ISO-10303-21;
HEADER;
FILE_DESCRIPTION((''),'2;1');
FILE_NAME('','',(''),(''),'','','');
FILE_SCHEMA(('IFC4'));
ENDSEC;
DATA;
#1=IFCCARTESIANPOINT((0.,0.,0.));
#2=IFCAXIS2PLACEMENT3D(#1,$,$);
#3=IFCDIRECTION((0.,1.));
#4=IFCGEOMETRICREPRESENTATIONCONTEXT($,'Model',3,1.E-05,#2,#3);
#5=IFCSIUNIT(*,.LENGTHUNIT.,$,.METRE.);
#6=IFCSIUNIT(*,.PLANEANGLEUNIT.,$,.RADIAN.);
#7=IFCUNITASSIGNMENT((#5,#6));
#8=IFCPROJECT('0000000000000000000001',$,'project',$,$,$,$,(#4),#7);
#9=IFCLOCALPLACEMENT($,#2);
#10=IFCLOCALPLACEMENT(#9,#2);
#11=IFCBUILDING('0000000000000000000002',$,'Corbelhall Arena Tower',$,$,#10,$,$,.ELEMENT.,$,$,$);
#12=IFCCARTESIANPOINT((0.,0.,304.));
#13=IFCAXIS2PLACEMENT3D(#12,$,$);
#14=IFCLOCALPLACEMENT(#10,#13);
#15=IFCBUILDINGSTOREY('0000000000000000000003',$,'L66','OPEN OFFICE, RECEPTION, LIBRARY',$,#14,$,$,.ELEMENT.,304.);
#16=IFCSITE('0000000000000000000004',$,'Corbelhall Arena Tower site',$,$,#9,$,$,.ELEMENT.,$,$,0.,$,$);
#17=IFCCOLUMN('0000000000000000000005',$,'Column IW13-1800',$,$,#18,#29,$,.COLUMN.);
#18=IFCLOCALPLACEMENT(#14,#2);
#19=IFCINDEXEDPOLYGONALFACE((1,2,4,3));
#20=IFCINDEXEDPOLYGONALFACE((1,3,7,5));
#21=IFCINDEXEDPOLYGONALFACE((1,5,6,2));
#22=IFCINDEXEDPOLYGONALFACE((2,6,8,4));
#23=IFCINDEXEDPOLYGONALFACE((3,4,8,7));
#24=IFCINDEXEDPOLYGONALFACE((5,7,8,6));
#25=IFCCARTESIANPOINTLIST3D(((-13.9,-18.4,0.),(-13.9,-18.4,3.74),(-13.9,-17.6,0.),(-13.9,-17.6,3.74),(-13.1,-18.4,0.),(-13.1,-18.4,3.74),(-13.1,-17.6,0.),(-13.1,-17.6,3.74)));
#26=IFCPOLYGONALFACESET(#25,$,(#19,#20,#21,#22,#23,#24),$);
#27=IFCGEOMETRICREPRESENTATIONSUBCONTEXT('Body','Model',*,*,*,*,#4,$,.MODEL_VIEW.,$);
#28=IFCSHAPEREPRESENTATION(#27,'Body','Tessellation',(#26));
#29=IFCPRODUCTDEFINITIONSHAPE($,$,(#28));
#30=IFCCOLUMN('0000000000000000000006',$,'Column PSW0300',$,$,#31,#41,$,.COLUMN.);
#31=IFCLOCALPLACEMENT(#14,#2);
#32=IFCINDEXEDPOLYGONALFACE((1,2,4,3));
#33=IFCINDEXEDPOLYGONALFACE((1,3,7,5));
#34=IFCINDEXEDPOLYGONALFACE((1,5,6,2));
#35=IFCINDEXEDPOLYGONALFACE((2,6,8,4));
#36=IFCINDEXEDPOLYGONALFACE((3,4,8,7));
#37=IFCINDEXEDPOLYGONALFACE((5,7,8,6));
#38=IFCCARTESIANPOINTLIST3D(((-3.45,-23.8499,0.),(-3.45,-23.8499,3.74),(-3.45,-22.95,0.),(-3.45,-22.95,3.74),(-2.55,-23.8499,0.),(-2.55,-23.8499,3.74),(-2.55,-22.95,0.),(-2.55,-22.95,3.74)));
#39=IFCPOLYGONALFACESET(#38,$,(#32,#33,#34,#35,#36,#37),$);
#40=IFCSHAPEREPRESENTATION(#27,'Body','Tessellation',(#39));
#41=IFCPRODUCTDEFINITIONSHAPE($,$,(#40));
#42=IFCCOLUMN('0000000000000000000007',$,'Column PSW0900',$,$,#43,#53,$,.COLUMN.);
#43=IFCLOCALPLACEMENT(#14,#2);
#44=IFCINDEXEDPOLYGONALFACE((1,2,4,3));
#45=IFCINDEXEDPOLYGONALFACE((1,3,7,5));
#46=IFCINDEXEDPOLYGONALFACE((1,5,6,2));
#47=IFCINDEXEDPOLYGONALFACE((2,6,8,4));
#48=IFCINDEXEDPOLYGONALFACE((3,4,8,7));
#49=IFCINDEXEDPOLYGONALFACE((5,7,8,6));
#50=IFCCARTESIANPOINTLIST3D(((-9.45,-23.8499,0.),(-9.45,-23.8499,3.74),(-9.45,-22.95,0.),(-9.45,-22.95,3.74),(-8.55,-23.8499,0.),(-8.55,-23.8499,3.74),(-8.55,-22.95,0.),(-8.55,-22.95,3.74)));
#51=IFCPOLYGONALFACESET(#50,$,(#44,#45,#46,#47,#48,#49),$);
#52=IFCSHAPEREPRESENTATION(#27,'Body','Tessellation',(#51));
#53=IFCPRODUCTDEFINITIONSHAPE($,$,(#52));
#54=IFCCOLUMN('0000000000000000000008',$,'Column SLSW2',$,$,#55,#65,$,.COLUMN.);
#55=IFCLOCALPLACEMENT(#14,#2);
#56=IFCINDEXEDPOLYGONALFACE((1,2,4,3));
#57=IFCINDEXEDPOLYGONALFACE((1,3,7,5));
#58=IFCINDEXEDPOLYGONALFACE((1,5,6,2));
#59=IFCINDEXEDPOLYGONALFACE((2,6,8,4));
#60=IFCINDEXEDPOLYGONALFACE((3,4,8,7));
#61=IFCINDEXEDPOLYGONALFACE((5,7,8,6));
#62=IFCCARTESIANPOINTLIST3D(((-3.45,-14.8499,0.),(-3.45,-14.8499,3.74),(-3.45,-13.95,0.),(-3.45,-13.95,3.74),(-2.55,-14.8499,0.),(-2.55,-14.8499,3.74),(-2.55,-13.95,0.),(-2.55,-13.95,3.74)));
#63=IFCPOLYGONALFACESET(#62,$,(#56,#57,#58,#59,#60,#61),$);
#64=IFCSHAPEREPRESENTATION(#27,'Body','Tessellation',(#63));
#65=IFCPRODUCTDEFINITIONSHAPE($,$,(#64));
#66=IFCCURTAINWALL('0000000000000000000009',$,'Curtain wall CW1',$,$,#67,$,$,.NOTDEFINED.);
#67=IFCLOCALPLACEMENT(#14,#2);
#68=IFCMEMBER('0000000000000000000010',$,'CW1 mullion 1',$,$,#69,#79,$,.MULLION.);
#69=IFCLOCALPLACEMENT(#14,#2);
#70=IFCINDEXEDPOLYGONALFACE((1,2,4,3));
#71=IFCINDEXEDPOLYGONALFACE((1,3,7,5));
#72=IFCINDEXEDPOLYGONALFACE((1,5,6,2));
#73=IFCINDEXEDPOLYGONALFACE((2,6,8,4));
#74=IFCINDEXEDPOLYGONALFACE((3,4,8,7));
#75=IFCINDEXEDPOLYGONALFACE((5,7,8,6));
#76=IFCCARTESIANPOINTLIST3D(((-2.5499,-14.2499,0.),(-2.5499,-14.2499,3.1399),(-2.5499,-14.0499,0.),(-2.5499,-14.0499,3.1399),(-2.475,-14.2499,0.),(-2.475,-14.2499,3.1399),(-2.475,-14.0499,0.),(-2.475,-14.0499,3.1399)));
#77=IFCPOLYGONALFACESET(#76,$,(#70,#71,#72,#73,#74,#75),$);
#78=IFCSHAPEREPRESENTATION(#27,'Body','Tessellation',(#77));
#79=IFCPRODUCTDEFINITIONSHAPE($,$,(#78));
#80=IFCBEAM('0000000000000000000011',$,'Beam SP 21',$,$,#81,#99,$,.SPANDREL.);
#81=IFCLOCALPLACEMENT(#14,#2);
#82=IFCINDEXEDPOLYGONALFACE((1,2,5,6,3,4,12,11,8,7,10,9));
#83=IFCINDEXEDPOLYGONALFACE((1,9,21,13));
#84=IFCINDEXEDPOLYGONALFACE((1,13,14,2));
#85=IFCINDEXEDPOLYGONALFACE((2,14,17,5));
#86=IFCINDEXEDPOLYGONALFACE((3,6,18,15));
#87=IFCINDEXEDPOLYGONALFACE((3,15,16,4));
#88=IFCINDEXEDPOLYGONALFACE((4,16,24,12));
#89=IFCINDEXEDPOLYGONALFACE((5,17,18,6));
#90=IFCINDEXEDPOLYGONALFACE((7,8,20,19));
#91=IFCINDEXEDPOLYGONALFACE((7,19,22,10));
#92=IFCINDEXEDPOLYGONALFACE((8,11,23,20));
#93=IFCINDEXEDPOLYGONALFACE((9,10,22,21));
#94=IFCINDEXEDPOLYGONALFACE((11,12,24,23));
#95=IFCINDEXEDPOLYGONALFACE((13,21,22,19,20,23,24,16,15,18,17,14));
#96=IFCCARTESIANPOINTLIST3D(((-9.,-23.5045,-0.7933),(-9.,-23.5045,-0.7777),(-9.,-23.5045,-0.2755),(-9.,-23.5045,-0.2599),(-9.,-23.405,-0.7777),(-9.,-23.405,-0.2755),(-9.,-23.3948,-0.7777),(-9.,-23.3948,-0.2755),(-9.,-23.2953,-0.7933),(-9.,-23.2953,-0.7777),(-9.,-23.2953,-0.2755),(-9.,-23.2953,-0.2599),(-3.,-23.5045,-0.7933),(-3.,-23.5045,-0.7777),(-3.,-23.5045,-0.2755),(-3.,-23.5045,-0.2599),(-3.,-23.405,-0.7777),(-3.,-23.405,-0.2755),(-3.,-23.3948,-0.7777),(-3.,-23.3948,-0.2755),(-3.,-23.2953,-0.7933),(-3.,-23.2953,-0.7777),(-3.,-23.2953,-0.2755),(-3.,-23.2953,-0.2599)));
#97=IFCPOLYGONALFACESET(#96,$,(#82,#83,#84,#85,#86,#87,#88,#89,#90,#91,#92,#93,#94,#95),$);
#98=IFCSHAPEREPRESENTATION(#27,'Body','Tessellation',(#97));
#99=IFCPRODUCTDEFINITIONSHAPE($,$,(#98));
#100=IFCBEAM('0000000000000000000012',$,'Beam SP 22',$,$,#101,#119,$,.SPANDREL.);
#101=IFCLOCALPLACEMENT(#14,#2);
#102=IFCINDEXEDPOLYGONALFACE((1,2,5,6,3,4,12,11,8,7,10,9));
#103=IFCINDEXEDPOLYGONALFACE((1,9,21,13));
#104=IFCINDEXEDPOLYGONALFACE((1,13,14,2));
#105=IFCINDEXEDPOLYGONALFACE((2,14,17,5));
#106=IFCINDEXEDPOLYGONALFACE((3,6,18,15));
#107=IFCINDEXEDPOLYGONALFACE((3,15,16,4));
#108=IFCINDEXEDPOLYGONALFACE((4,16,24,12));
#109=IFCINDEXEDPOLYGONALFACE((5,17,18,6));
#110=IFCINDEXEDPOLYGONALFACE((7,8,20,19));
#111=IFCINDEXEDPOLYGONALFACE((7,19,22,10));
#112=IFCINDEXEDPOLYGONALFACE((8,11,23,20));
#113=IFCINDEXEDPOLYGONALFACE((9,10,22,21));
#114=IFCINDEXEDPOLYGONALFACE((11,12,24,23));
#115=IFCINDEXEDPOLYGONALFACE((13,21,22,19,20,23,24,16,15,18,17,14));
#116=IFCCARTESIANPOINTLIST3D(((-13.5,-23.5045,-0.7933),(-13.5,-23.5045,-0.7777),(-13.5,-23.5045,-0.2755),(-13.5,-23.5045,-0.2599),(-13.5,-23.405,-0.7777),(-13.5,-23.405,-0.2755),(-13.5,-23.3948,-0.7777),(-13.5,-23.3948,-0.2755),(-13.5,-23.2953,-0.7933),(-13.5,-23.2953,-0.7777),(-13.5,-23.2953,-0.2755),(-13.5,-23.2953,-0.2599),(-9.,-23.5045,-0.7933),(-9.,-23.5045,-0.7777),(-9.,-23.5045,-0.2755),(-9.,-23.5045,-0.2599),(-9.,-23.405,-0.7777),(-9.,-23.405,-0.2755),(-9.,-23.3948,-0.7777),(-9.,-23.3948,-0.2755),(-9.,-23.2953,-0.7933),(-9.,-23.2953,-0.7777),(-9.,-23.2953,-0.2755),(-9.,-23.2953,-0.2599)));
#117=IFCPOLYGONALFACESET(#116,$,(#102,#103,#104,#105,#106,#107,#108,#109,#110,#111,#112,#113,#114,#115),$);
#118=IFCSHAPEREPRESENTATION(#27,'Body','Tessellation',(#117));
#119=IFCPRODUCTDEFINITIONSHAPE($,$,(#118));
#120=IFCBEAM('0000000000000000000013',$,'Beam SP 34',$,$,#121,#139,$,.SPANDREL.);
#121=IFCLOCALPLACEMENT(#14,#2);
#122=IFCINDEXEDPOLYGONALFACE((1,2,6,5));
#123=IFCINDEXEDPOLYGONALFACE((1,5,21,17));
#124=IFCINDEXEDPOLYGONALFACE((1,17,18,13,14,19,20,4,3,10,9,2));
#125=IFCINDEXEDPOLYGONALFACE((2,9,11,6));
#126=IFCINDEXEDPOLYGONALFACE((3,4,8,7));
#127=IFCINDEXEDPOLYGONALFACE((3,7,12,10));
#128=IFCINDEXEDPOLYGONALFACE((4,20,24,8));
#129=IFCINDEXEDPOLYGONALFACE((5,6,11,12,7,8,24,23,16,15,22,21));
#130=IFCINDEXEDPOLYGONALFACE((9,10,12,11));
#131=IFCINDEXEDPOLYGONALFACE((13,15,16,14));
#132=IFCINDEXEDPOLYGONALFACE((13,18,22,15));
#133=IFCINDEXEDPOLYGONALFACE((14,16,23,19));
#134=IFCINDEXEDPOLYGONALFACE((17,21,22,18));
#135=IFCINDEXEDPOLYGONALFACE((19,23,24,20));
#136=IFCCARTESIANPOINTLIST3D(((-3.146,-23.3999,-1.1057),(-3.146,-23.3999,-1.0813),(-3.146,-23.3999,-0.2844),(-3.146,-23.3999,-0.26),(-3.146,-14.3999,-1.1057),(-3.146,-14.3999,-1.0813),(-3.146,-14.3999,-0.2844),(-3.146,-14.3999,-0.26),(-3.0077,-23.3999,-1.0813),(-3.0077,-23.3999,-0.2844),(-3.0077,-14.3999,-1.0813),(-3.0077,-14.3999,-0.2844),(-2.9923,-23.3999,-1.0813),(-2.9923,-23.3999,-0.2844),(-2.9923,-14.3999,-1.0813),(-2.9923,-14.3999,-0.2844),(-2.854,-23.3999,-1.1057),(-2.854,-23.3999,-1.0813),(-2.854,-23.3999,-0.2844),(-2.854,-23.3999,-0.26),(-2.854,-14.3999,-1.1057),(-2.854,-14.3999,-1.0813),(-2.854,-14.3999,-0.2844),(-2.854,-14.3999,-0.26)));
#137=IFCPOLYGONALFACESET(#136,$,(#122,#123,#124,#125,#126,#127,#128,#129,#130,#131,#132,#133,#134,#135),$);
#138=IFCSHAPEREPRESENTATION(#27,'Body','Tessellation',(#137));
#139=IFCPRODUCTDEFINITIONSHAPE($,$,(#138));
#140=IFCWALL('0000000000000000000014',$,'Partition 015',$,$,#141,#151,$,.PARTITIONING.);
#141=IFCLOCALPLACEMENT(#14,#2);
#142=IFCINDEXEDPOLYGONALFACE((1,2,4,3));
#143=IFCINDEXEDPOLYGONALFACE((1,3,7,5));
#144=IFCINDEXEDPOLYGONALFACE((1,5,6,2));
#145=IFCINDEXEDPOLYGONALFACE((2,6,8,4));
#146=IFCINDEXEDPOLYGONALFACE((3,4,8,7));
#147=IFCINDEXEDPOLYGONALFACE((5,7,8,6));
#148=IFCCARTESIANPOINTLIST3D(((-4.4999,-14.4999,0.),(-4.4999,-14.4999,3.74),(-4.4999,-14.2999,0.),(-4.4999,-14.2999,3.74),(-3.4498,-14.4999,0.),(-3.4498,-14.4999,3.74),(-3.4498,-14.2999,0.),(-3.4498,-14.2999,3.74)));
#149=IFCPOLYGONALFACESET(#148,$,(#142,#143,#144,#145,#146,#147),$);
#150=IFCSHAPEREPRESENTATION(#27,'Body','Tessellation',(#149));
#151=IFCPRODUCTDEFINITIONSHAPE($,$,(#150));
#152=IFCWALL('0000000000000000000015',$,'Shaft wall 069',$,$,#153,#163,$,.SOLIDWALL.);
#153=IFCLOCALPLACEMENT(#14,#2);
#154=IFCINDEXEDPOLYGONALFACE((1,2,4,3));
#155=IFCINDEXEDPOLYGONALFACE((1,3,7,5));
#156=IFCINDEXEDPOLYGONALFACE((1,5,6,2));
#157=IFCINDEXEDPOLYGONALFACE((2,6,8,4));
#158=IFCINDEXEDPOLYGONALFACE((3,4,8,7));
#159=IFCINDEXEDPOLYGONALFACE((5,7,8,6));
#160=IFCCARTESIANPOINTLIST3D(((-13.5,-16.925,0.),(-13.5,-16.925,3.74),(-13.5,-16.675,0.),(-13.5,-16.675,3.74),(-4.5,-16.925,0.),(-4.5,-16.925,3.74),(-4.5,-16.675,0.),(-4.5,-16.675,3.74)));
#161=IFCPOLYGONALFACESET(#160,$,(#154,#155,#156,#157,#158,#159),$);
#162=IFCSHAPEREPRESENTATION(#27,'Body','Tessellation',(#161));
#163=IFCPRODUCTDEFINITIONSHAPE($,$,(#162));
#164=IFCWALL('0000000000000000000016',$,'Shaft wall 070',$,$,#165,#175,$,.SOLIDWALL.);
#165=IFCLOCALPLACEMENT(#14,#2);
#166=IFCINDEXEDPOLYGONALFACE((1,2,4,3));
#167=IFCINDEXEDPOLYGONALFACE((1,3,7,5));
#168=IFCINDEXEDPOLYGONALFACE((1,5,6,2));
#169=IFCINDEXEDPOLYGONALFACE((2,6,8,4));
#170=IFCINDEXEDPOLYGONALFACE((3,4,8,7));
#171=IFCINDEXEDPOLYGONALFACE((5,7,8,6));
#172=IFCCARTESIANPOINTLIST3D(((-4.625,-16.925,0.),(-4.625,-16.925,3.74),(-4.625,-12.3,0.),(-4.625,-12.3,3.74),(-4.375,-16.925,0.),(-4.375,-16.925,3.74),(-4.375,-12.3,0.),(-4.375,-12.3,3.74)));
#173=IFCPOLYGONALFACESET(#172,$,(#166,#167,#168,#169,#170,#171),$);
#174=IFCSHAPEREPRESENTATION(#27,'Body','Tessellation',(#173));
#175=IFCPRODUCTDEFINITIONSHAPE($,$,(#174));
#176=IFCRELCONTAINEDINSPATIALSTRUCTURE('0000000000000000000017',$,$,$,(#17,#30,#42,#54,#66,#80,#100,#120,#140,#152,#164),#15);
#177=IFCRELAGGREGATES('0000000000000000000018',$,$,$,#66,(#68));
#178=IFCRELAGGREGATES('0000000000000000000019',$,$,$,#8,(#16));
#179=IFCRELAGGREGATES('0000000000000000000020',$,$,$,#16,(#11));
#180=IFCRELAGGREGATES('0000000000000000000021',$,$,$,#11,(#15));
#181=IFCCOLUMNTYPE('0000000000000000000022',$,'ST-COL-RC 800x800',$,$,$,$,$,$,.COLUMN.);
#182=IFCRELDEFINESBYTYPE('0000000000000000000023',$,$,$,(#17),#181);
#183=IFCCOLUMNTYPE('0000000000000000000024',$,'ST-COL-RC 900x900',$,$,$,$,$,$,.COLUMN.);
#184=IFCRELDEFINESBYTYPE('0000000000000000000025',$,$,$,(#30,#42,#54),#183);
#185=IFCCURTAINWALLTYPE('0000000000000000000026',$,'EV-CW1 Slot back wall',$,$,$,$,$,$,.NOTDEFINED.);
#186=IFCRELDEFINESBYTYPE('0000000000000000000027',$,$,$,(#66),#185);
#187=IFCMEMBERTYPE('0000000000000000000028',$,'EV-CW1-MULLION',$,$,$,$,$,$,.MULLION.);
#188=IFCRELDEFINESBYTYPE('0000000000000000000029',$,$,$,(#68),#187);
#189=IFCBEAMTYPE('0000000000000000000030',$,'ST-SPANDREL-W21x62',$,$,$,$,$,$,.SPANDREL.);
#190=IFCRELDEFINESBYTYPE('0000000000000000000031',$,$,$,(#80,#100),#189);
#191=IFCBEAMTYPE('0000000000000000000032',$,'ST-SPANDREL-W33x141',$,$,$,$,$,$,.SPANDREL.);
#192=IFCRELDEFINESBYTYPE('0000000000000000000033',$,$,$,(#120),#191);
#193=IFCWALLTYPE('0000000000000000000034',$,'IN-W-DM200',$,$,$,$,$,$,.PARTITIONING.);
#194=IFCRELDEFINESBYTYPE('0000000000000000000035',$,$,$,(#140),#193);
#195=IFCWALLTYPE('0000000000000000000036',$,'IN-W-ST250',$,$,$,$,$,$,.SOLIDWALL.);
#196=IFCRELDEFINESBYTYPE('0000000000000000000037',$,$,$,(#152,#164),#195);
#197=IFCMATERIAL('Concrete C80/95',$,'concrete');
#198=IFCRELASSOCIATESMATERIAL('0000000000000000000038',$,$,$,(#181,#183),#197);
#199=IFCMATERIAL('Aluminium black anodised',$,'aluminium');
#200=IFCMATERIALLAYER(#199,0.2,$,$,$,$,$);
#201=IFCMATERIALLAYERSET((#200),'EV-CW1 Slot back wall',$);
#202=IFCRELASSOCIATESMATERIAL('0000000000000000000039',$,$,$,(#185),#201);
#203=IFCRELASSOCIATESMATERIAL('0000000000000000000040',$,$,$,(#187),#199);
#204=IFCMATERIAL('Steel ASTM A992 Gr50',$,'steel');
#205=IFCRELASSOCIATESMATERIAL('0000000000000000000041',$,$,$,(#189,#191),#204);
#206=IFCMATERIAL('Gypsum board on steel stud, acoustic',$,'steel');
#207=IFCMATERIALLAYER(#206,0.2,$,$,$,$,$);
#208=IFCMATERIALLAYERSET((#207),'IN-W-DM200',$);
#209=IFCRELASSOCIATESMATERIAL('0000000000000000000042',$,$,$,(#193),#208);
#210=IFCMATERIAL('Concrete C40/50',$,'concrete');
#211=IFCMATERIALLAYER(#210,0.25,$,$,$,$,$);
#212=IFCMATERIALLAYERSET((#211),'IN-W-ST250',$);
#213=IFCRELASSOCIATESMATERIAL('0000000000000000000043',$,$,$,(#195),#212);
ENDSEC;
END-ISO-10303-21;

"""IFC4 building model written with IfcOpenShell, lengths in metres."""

from ifc_helpers import new_model, si_unit, direction, frame, frame_2d, origin, origin_2d, place, context, subcontext, project, spatial, rectangle, i_section, extrude, material, layer, layer_set, material_profile, profile_set, type_object, element, aggregate, save


model = new_model("IFC4")

# Units and contexts
model_context = context("Model", 3, precision=1e-05, world=origin(), true_north=direction((0.0, 1.0)))
body_context = subcontext(model_context, "Body", "Model", "MODEL_VIEW")
ifc_project = project(units=[si_unit("LENGTHUNIT", "METRE"), si_unit("PLANEANGLEUNIT", "RADIAN")], contexts=[model_context])

# Site, building, storey
site_placement = place(None, origin())
site = spatial("IfcSite", under=ifc_project, at=site_placement, Name="Corbelhall Arena Tower site", CompositionType="ELEMENT", RefElevation=0.0)
building_placement = place(site_placement, origin())
building = spatial("IfcBuilding", under=site, at=building_placement, Name="Corbelhall Arena Tower", CompositionType="ELEMENT")
storey_placement = place(building_placement, frame((0.0, 0.0, 304.0)))
storey = spatial("IfcBuildingStorey", under=building, at=storey_placement, Name="L66", Description="OPEN OFFICE, RECEPTION, LIBRARY", CompositionType="ELEMENT", Elevation=304.0)

# Columns
ifc_material_1 = material(Name="Concrete C80/95", Category="concrete")
ifc_material_profile_1 = material_profile(ifc_material_1, rectangle(XDim=0.8, YDim=0.8, at=origin_2d()))
ifc_profile_set_1 = profile_set([ifc_material_profile_1], Name="Concrete C80/95")
column_type_1 = type_object("IfcColumnType", Name="ST-COL-RC 800x800", PredefinedType="COLUMN", material=ifc_profile_set_1)
column_placement = place(storey_placement, frame((-13.5, -18.0, 0.0), z_axis=(0.0, 0.0, 1.0), x_axis=(1.0, 0.0, 0.0)))
element("IfcColumn", 1, at=column_placement, inside=storey, type_object=column_type_1, Name="Column IW13-1800", PredefinedType="COLUMN", context=body_context, shape_type="SweptSolid", body=[
    extrude(rectangle(XDim=0.8, YDim=0.8, at=origin_2d()), origin(), (0.0, 0.0, 1.0), 3.74),
])
ifc_material_profile_2 = material_profile(ifc_material_1, rectangle(XDim=0.8999, YDim=0.8999, at=origin_2d()))
ifc_profile_set_2 = profile_set([ifc_material_profile_2], Name="Concrete C80/95")
column_type_2 = type_object("IfcColumnType", Name="ST-COL-RC 900x900", PredefinedType="COLUMN", material=ifc_profile_set_2)
for number, where, z_axis, x_axis, name in (
    (2, (-3.0, -23.3999, 0.0), (0.0, 0.0, 1.0), (1.0, 0.0, 0.0), "Column PSW0300"),
    (3, (-9.0, -23.3999, 0.0), (0.0, 0.0, 1.0), (1.0, 0.0, 0.0), "Column PSW0900"),
    (4, (-3.0, -14.3999, 0.0), (0.0, 0.0, 1.0), (1.0, 0.0, 0.0), "Column SLSW2"),
):
    element("IfcColumn", number, at=place(storey_placement, frame(where, z_axis=z_axis, x_axis=x_axis)), inside=storey, type_object=column_type_2, Name=name, PredefinedType="COLUMN", context=body_context, shape_type="SweptSolid", body=[
        extrude(rectangle(XDim=0.8999, YDim=0.8999, at=origin_2d()), origin(), (0.0, 0.0, 1.0), 3.74),
    ])

# Curtain wall, member
ifc_material_2 = material(Name="Aluminium black anodised", Category="aluminium")
ifc_layer_1 = layer(ifc_material_2, 0.2)
ifc_layer_set_1 = layer_set([ifc_layer_1], Name="EV-CW1 Slot back wall")
curtain_wall_type = type_object("IfcCurtainWallType", Name="EV-CW1 Slot back wall", PredefinedType="NOTDEFINED", material=ifc_layer_set_1)
curtain_wall_placement = place(storey_placement, origin())
curtain_wall = element("IfcCurtainWall", 5, at=curtain_wall_placement, inside=storey, type_object=curtain_wall_type, Name="Curtain wall CW1", PredefinedType="NOTDEFINED")
ifc_material_profile_3 = material_profile(ifc_material_2, rectangle(XDim=0.2, YDim=0.075, at=origin_2d()))
ifc_profile_set_3 = profile_set([ifc_material_profile_3], Name="Aluminium black anodised")
member_type = type_object("IfcMemberType", Name="EV-CW1-MULLION", PredefinedType="MULLION", material=ifc_profile_set_3)
member_placement = place(storey_placement, frame((-2.5125, -14.1499, 0.0), z_axis=(0.0, 0.0, 1.0), x_axis=(0.0, 1.0, 0.0)))
member = element("IfcMember", 6, at=member_placement, type_object=member_type, Name="CW1 mullion 1", PredefinedType="MULLION", context=body_context, shape_type="SweptSolid", body=[
    extrude(rectangle(XDim=0.2, YDim=0.075, at=origin_2d()), origin(), (0.0, 0.0, 1.0), 3.1399),
])
aggregate(curtain_wall, [member])

# Beams
ifc_material_3 = material(Name="Steel ASTM A992 Gr50", Category="steel")
ifc_material_profile_4 = material_profile(ifc_material_3, i_section(OverallWidth=0.2092, OverallDepth=0.5334, WebThickness=0.0103, FlangeThickness=0.0156, at=origin_2d()))
ifc_profile_set_4 = profile_set([ifc_material_profile_4], Name="Steel ASTM A992 Gr50")
beam_type_1 = type_object("IfcBeamType", Name="ST-SPANDREL-W21x62", PredefinedType="SPANDREL", material=ifc_profile_set_4)
beam_1_placement = place(storey_placement, frame((-3.0, -23.3999, -0.5266), z_axis=(-1.0, 0.0, 0.0), x_axis=(0.0, -1.0, 0.0)))
element("IfcBeam", 7, at=beam_1_placement, inside=storey, type_object=beam_type_1, Name="Beam SP 21", PredefinedType="SPANDREL", context=body_context, shape_type="SweptSolid", body=[
    extrude(i_section(OverallWidth=0.2092, OverallDepth=0.5334, WebThickness=0.0103, FlangeThickness=0.0156, at=origin_2d()), origin(), (0.0, 0.0, 1.0), 6.0),
])
beam_2_placement = place(storey_placement, frame((-9.0, -23.3999, -0.5266), z_axis=(-1.0, 0.0, 0.0), x_axis=(0.0, -1.0, 0.0)))
element("IfcBeam", 8, at=beam_2_placement, inside=storey, type_object=beam_type_1, Name="Beam SP 22", PredefinedType="SPANDREL", context=body_context, shape_type="SweptSolid", body=[
    extrude(i_section(OverallWidth=0.2092, OverallDepth=0.5334, WebThickness=0.0103, FlangeThickness=0.0156, at=origin_2d()), origin(), (0.0, 0.0, 1.0), 4.5),
])
ifc_material_profile_5 = material_profile(ifc_material_3, i_section(OverallWidth=0.292, OverallDepth=0.8457, WebThickness=0.0154, FlangeThickness=0.0244, at=origin_2d()))
ifc_profile_set_5 = profile_set([ifc_material_profile_5], Name="Steel ASTM A992 Gr50")
beam_type_2 = type_object("IfcBeamType", Name="ST-SPANDREL-W33x141", PredefinedType="SPANDREL", material=ifc_profile_set_5)
beam_3_placement = place(storey_placement, frame((-3.0, -14.3999, -0.6829), z_axis=(0.0, -1.0, 0.0), x_axis=(1.0, 0.0, 0.0)))
element("IfcBeam", 9, at=beam_3_placement, inside=storey, type_object=beam_type_2, Name="Beam SP 34", PredefinedType="SPANDREL", context=body_context, shape_type="SweptSolid", body=[
    extrude(i_section(OverallWidth=0.292, OverallDepth=0.8457, WebThickness=0.0154, FlangeThickness=0.0244, at=origin_2d()), origin(), (0.0, 0.0, 1.0), 9.0),
])

# Shared definitions
ifc_material_4 = material(Name="Gypsum board on steel stud, acoustic", Category="steel")
ifc_layer_2 = layer(ifc_material_4, 0.2)
ifc_layer_set_2 = layer_set([ifc_layer_2], Name="IN-W-DM200")
wall_type_1 = type_object("IfcWallType", Name="IN-W-DM200", PredefinedType="PARTITIONING", material=ifc_layer_set_2)

# Walls
wall_1_placement = place(storey_placement, frame((-3.45, -14.3999, 0.0), z_axis=(0.0, 0.0, 1.0), x_axis=(-1.0, 0.0, 0.0)))
element("IfcWall", 10, at=wall_1_placement, inside=storey, type_object=wall_type_1, Name="Partition 015", PredefinedType="PARTITIONING", context=body_context, shape_type="SweptSolid", body=[
    extrude(rectangle(XDim=1.05, YDim=0.2, at=frame_2d((0.5249, 0.0))), origin(), (0.0, 0.0, 1.0), 3.74),
])
ifc_material_5 = material(Name="Concrete C40/50", Category="concrete")
ifc_layer_3 = layer(ifc_material_5, 0.25)
ifc_layer_set_3 = layer_set([ifc_layer_3], Name="IN-W-ST250")
wall_type_2 = type_object("IfcWallType", Name="IN-W-ST250", PredefinedType="SOLIDWALL", material=ifc_layer_set_3)
wall_2_placement = place(storey_placement, frame((-4.5, -16.8, 0.0), z_axis=(0.0, 0.0, 1.0), x_axis=(-1.0, 0.0, 0.0)))
element("IfcWall", 11, at=wall_2_placement, inside=storey, type_object=wall_type_2, Name="Shaft wall 069", PredefinedType="SOLIDWALL", context=body_context, shape_type="SweptSolid", body=[
    extrude(rectangle(XDim=9.0, YDim=0.25, at=frame_2d((4.5, 0.0))), origin(), (0.0, 0.0, 1.0), 3.74),
])
wall_3_placement = place(storey_placement, frame((-4.5, -12.3, 0.0), z_axis=(0.0, 0.0, 1.0), x_axis=(0.0, -1.0, 0.0)))
element("IfcWall", 12, at=wall_3_placement, inside=storey, type_object=wall_type_2, Name="Shaft wall 070", PredefinedType="SOLIDWALL", context=body_context, shape_type="SweptSolid", body=[
    extrude(rectangle(XDim=4.625, YDim=0.25, at=frame_2d((2.3125, 0.0))), origin(), (0.0, 0.0, 1.0), 3.74),
])

save(model, "model.ifc")
